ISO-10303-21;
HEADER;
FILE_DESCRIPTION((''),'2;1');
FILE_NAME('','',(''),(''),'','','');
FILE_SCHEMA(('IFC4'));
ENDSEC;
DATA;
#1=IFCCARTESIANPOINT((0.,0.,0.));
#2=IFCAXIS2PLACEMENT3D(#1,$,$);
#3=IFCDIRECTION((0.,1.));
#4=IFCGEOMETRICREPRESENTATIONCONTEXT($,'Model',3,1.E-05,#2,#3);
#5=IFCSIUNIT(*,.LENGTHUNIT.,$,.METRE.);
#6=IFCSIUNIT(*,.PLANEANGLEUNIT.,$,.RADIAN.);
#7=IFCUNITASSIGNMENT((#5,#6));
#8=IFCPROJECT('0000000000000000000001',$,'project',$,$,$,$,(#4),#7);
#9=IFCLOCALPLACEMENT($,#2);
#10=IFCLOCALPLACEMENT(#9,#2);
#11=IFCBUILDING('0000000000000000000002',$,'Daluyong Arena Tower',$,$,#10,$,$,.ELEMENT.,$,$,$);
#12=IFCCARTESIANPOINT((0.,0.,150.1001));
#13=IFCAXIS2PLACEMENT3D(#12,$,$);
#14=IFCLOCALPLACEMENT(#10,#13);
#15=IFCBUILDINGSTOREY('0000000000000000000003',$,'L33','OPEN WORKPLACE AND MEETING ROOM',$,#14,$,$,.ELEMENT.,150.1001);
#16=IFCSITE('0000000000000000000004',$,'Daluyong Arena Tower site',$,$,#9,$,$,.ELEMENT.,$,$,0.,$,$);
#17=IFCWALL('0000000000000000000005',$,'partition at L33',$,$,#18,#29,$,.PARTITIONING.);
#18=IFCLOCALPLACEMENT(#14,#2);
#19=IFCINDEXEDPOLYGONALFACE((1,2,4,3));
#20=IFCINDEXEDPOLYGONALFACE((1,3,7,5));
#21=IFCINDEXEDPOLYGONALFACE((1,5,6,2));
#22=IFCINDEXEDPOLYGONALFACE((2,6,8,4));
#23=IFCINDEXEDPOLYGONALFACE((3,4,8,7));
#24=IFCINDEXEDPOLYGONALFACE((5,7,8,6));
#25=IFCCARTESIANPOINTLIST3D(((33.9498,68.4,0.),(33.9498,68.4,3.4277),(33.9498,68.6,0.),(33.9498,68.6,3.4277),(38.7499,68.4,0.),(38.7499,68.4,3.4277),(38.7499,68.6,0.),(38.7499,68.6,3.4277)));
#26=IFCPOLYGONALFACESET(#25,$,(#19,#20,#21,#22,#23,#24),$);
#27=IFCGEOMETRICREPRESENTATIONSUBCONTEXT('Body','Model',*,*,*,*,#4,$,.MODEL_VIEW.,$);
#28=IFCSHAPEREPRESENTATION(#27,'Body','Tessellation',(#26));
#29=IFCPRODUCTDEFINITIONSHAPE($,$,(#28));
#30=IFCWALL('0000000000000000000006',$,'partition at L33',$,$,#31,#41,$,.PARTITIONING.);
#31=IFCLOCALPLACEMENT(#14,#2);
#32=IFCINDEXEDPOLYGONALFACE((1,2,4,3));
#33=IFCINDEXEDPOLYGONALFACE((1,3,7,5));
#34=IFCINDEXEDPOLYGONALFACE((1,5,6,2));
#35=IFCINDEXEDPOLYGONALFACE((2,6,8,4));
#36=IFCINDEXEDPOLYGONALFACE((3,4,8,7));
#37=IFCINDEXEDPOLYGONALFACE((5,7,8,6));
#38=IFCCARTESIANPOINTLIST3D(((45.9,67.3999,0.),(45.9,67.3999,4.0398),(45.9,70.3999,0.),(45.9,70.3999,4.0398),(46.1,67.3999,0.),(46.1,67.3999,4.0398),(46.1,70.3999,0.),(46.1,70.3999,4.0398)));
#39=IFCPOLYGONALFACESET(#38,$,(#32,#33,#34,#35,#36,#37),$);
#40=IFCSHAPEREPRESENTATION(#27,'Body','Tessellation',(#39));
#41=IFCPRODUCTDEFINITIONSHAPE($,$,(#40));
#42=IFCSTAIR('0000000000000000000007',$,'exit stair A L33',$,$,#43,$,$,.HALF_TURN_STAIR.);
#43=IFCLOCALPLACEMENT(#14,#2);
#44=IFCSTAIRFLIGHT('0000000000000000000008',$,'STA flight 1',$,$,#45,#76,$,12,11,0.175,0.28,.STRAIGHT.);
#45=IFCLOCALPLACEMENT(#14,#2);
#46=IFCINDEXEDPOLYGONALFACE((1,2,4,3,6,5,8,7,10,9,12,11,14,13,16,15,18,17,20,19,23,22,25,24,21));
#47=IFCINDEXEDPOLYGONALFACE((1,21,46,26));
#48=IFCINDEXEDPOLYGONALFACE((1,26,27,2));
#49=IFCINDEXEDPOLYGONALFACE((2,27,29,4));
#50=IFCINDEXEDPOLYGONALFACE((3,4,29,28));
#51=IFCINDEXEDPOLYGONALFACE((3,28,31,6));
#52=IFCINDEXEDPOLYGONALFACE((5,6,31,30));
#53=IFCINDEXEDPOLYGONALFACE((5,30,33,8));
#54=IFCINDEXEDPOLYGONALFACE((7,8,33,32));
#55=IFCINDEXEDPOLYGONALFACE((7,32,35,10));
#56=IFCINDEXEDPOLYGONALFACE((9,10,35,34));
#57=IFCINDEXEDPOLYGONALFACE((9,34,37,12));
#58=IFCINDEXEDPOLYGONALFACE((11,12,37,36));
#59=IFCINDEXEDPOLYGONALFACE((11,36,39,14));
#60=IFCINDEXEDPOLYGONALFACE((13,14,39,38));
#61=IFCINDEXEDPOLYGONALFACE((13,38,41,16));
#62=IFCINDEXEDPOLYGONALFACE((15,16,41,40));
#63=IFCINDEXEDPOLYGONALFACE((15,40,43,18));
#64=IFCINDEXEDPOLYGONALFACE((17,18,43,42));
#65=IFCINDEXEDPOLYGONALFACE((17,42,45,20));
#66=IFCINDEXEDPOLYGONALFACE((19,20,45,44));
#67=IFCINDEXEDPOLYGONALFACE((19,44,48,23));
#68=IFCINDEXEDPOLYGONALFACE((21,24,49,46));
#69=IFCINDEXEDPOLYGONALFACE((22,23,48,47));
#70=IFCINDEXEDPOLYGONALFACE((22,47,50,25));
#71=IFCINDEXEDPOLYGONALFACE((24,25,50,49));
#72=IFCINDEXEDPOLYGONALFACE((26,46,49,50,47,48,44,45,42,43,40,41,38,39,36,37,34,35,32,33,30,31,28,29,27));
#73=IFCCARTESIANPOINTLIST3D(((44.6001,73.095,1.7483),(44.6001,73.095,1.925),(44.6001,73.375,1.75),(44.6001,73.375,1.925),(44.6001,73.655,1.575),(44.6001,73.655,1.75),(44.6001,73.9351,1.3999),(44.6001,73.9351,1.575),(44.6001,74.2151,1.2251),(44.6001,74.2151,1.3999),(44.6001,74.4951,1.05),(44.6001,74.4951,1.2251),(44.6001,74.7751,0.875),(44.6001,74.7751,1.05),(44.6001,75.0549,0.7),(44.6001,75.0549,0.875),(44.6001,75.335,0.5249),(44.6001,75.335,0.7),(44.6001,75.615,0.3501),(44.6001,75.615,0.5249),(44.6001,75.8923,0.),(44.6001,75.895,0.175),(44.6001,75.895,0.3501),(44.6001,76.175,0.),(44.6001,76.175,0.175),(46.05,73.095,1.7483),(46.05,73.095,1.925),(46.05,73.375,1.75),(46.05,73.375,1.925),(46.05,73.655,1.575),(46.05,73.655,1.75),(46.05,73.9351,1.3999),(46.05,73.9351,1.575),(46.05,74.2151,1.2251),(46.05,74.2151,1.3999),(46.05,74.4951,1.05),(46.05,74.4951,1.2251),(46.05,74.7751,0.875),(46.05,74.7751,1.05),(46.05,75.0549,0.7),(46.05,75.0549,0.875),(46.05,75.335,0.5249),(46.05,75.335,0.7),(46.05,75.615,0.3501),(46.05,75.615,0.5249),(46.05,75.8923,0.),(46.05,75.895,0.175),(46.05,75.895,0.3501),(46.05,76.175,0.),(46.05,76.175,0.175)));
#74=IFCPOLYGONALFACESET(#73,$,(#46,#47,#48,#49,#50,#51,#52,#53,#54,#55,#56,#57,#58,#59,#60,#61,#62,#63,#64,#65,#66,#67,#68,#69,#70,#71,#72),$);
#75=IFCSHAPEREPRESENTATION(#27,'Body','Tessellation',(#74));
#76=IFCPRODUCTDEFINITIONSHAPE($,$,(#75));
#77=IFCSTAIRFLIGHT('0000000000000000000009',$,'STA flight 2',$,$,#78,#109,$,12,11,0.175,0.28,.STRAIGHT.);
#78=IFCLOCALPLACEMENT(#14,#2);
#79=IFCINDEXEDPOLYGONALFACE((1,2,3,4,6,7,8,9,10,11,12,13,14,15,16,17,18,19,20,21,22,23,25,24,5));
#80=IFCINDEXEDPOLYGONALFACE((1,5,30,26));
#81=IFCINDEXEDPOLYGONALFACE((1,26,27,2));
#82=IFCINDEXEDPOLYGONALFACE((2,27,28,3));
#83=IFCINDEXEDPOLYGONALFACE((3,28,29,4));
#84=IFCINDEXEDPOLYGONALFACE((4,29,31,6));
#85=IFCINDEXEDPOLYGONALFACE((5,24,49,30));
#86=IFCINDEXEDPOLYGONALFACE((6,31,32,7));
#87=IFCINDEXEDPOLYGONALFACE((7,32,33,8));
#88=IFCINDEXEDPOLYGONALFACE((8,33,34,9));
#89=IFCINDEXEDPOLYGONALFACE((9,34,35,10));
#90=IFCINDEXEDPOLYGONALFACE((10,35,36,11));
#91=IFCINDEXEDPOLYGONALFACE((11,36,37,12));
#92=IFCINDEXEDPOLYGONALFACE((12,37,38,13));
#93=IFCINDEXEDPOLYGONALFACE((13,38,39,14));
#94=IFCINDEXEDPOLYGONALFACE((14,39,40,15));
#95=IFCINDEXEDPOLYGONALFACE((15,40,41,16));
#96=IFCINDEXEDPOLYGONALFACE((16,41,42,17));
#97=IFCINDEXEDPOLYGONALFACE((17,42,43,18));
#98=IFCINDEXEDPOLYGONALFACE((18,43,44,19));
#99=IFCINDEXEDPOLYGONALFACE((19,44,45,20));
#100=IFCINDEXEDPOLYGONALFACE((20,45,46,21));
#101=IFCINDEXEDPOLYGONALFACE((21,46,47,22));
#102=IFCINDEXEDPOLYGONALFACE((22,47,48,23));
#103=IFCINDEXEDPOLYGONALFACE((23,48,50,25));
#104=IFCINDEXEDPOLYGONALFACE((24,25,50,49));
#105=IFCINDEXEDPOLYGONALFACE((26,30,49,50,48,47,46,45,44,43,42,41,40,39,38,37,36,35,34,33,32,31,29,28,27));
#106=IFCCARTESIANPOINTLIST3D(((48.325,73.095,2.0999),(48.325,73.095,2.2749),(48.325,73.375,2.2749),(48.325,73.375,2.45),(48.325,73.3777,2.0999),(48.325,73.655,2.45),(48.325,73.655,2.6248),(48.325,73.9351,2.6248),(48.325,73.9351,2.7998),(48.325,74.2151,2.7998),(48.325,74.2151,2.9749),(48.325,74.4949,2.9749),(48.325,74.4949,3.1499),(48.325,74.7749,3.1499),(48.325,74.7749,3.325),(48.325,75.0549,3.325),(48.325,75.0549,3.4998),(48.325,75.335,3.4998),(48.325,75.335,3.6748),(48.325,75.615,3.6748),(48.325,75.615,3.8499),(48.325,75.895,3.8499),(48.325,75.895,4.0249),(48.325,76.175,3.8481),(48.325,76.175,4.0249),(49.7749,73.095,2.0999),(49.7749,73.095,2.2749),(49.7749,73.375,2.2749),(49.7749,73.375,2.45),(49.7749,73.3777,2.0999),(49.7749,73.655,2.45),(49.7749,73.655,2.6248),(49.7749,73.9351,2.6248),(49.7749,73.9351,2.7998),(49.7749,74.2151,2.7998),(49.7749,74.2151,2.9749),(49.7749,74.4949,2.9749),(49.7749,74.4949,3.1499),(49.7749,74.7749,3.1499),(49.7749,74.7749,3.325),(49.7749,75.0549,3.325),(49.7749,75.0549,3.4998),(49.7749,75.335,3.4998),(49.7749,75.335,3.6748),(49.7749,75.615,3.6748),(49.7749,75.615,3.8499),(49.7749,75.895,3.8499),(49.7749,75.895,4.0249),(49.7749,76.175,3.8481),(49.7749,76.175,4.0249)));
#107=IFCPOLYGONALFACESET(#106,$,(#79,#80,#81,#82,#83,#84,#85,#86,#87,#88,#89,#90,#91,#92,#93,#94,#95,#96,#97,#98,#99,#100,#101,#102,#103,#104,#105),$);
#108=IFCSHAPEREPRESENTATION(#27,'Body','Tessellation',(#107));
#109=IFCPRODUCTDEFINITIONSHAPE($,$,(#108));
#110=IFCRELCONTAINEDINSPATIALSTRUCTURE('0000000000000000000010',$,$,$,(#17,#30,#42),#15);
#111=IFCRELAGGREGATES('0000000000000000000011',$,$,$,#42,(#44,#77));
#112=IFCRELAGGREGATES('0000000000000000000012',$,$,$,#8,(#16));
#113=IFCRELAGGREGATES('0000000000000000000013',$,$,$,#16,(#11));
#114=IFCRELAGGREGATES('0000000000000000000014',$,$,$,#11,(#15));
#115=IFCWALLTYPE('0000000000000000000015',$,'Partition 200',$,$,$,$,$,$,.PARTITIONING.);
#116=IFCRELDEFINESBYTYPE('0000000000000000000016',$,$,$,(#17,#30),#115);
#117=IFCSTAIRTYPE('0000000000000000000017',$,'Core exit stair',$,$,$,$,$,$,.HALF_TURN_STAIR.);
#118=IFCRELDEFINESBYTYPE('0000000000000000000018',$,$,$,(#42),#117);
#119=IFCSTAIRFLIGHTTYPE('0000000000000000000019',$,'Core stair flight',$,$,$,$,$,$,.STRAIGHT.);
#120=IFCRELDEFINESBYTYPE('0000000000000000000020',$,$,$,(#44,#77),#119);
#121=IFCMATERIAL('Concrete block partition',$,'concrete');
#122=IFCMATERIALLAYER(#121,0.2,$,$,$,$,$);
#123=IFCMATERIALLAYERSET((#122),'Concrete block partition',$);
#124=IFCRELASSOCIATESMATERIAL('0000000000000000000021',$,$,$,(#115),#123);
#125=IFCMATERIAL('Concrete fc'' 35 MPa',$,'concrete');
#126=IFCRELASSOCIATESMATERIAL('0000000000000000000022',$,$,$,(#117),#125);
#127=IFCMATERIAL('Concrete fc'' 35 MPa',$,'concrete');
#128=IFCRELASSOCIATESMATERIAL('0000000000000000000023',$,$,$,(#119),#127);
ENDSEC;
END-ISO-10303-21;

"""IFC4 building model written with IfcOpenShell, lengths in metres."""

from ifc_helpers import new_model, si_unit, direction, frame, frame_2d, origin, place, context, subcontext, project, spatial, polyline, rectangle, outline, extrude, material, layer, layer_set, type_object, element, aggregate, save


model = new_model("IFC4")

# Units and contexts
model_context = context("Model", 3, precision=1e-05, world=origin(), true_north=direction((0.0, 1.0)))
body_context = subcontext(model_context, "Body", "Model", "MODEL_VIEW")
ifc_project = project(units=[si_unit("LENGTHUNIT", "METRE"), si_unit("PLANEANGLEUNIT", "RADIAN")], contexts=[model_context])

# Site, building, storey
site_placement = place(None, origin())
site = spatial("IfcSite", under=ifc_project, at=site_placement, Name="Daluyong Arena Tower site", CompositionType="ELEMENT", RefElevation=0.0)
building_placement = place(site_placement, origin())
building = spatial("IfcBuilding", under=site, at=building_placement, Name="Daluyong Arena Tower", CompositionType="ELEMENT")
storey_placement = place(building_placement, frame((0.0, 0.0, 150.1001)))
storey = spatial("IfcBuildingStorey", under=building, at=storey_placement, Name="L33", Description="OPEN WORKPLACE AND MEETING ROOM", CompositionType="ELEMENT", Elevation=150.1001)

# Walls
ifc_material_1 = material(Name="Concrete block partition", Category="concrete")
ifc_layer_1 = layer(ifc_material_1, 0.2)
ifc_layer_set_1 = layer_set([ifc_layer_1], Name="Concrete block partition")
wall_type_1 = type_object("IfcWallType", Name="Partition 200", PredefinedType="PARTITIONING", material=ifc_layer_set_1)
wall_1_placement = place(storey_placement, frame((33.95, 68.5, 0.0), z_axis=(0.0, 0.0, 1.0), x_axis=(1.0, 0.0, 0.0)))
element("IfcWall", 1, at=wall_1_placement, inside=storey, type_object=wall_type_1, Name="partition at L33", PredefinedType="PARTITIONING", context=body_context, shape_type="SweptSolid", body=[
    extrude(rectangle(XDim=4.8, YDim=0.2, at=frame_2d((2.3999, 0.0))), origin(), (0.0, 0.0, 1.0), 3.4277),
])
wall_2_placement = place(storey_placement, frame((46.0, 67.3999, 0.0), z_axis=(0.0, 0.0, 1.0), x_axis=(0.0, 1.0, 0.0)))
element("IfcWall", 2, at=wall_2_placement, inside=storey, type_object=wall_type_1, Name="partition at L33", PredefinedType="PARTITIONING", context=body_context, shape_type="SweptSolid", body=[
    extrude(rectangle(XDim=3.0, YDim=0.2, at=frame_2d((1.5, 0.0))), origin(), (0.0, 0.0, 1.0), 4.0398),
])

# Stair, stair flights
ifc_material_2 = material(Name="Concrete fc' 35 MPa", Category="concrete")
stair_type = type_object("IfcStairType", Name="Core exit stair", PredefinedType="HALF_TURN_STAIR", material=ifc_material_2)
stair_placement = place(storey_placement, origin())
stair = element("IfcStair", 3, at=stair_placement, inside=storey, type_object=stair_type, Name="exit stair A L33", PredefinedType="HALF_TURN_STAIR")
ifc_material_3 = material(Name="Concrete fc' 35 MPa", Category="concrete")
stair_flight_type = type_object("IfcStairFlightType", Name="Core stair flight", PredefinedType="STRAIGHT", material=ifc_material_3)
stair_flight_1_placement = place(storey_placement, frame((45.325, 76.175, 0.0), z_axis=(0.0, 0.0, 1.0), x_axis=(0.0, -1.0, 0.0)))
stair_flight_1 = element("IfcStairFlight", 4, at=stair_flight_1_placement, type_object=stair_flight_type, Name="STA flight 1", NumberOfRisers=12, NumberOfTreads=11, PredefinedType="STRAIGHT", RiserHeight=0.175, TreadLength=0.28, context=body_context, shape_type="SweptSolid", body=[
    extrude(outline(polyline([(0.0, 0.0), (0.0, 0.175), (0.28, 0.175), (0.28, 0.3501), (0.5601, 0.3501), (0.5601, 0.5249), (0.8401, 0.5249), (0.8401, 0.7), (1.1201, 0.7), (1.1201, 0.875), (1.3999, 0.875), (1.3999, 1.05), (1.6799, 1.05), (1.6799, 1.2251), (1.96, 1.2251), (1.96, 1.3999), (2.24, 1.3999), (2.24, 1.575), (2.52, 1.575), (2.52, 1.75), (2.8, 1.75), (2.8, 1.925), (3.0801, 1.925), (3.0801, 2.1001), (3.0801, 1.7483), (0.2827, 0.0), (0.0, 0.0)])), frame((0.0, 0.7251, 0.0), z_axis=(0.0, -1.0, 0.0), x_axis=(1.0, 0.0, 0.0)), (0.0, 0.0, 1.0), 1.45),
])
stair_flight_2_placement = place(storey_placement, frame((49.05, 73.095, 2.0999), z_axis=(0.0, 0.0, 1.0), x_axis=(0.0, 1.0, 0.0)))
stair_flight_2 = element("IfcStairFlight", 5, at=stair_flight_2_placement, type_object=stair_flight_type, Name="STA flight 2", NumberOfRisers=12, NumberOfTreads=11, PredefinedType="STRAIGHT", RiserHeight=0.175, TreadLength=0.28, context=body_context, shape_type="SweptSolid", body=[
    extrude(outline(polyline([(0.0, 0.0), (0.0, 0.175), (0.28, 0.175), (0.28, 0.3501), (0.5601, 0.3501), (0.5601, 0.5249), (0.8401, 0.5249), (0.8401, 0.7), (1.1201, 0.7), (1.1201, 0.875), (1.3999, 0.875), (1.3999, 1.05), (1.6799, 1.05), (1.6799, 1.2251), (1.96, 1.2251), (1.96, 1.3999), (2.24, 1.3999), (2.24, 1.575), (2.52, 1.575), (2.52, 1.75), (2.8, 1.75), (2.8, 1.925), (3.0801, 1.925), (3.0801, 2.1001), (3.0801, 1.7483), (0.2827, 0.0), (0.0, 0.0)])), frame((0.0, 0.7251, 0.0), z_axis=(0.0, -1.0, 0.0), x_axis=(1.0, 0.0, 0.0)), (0.0, 0.0, 1.0), 1.45),
])
aggregate(stair, [stair_flight_1, stair_flight_2])

save(model, "model.ifc")
